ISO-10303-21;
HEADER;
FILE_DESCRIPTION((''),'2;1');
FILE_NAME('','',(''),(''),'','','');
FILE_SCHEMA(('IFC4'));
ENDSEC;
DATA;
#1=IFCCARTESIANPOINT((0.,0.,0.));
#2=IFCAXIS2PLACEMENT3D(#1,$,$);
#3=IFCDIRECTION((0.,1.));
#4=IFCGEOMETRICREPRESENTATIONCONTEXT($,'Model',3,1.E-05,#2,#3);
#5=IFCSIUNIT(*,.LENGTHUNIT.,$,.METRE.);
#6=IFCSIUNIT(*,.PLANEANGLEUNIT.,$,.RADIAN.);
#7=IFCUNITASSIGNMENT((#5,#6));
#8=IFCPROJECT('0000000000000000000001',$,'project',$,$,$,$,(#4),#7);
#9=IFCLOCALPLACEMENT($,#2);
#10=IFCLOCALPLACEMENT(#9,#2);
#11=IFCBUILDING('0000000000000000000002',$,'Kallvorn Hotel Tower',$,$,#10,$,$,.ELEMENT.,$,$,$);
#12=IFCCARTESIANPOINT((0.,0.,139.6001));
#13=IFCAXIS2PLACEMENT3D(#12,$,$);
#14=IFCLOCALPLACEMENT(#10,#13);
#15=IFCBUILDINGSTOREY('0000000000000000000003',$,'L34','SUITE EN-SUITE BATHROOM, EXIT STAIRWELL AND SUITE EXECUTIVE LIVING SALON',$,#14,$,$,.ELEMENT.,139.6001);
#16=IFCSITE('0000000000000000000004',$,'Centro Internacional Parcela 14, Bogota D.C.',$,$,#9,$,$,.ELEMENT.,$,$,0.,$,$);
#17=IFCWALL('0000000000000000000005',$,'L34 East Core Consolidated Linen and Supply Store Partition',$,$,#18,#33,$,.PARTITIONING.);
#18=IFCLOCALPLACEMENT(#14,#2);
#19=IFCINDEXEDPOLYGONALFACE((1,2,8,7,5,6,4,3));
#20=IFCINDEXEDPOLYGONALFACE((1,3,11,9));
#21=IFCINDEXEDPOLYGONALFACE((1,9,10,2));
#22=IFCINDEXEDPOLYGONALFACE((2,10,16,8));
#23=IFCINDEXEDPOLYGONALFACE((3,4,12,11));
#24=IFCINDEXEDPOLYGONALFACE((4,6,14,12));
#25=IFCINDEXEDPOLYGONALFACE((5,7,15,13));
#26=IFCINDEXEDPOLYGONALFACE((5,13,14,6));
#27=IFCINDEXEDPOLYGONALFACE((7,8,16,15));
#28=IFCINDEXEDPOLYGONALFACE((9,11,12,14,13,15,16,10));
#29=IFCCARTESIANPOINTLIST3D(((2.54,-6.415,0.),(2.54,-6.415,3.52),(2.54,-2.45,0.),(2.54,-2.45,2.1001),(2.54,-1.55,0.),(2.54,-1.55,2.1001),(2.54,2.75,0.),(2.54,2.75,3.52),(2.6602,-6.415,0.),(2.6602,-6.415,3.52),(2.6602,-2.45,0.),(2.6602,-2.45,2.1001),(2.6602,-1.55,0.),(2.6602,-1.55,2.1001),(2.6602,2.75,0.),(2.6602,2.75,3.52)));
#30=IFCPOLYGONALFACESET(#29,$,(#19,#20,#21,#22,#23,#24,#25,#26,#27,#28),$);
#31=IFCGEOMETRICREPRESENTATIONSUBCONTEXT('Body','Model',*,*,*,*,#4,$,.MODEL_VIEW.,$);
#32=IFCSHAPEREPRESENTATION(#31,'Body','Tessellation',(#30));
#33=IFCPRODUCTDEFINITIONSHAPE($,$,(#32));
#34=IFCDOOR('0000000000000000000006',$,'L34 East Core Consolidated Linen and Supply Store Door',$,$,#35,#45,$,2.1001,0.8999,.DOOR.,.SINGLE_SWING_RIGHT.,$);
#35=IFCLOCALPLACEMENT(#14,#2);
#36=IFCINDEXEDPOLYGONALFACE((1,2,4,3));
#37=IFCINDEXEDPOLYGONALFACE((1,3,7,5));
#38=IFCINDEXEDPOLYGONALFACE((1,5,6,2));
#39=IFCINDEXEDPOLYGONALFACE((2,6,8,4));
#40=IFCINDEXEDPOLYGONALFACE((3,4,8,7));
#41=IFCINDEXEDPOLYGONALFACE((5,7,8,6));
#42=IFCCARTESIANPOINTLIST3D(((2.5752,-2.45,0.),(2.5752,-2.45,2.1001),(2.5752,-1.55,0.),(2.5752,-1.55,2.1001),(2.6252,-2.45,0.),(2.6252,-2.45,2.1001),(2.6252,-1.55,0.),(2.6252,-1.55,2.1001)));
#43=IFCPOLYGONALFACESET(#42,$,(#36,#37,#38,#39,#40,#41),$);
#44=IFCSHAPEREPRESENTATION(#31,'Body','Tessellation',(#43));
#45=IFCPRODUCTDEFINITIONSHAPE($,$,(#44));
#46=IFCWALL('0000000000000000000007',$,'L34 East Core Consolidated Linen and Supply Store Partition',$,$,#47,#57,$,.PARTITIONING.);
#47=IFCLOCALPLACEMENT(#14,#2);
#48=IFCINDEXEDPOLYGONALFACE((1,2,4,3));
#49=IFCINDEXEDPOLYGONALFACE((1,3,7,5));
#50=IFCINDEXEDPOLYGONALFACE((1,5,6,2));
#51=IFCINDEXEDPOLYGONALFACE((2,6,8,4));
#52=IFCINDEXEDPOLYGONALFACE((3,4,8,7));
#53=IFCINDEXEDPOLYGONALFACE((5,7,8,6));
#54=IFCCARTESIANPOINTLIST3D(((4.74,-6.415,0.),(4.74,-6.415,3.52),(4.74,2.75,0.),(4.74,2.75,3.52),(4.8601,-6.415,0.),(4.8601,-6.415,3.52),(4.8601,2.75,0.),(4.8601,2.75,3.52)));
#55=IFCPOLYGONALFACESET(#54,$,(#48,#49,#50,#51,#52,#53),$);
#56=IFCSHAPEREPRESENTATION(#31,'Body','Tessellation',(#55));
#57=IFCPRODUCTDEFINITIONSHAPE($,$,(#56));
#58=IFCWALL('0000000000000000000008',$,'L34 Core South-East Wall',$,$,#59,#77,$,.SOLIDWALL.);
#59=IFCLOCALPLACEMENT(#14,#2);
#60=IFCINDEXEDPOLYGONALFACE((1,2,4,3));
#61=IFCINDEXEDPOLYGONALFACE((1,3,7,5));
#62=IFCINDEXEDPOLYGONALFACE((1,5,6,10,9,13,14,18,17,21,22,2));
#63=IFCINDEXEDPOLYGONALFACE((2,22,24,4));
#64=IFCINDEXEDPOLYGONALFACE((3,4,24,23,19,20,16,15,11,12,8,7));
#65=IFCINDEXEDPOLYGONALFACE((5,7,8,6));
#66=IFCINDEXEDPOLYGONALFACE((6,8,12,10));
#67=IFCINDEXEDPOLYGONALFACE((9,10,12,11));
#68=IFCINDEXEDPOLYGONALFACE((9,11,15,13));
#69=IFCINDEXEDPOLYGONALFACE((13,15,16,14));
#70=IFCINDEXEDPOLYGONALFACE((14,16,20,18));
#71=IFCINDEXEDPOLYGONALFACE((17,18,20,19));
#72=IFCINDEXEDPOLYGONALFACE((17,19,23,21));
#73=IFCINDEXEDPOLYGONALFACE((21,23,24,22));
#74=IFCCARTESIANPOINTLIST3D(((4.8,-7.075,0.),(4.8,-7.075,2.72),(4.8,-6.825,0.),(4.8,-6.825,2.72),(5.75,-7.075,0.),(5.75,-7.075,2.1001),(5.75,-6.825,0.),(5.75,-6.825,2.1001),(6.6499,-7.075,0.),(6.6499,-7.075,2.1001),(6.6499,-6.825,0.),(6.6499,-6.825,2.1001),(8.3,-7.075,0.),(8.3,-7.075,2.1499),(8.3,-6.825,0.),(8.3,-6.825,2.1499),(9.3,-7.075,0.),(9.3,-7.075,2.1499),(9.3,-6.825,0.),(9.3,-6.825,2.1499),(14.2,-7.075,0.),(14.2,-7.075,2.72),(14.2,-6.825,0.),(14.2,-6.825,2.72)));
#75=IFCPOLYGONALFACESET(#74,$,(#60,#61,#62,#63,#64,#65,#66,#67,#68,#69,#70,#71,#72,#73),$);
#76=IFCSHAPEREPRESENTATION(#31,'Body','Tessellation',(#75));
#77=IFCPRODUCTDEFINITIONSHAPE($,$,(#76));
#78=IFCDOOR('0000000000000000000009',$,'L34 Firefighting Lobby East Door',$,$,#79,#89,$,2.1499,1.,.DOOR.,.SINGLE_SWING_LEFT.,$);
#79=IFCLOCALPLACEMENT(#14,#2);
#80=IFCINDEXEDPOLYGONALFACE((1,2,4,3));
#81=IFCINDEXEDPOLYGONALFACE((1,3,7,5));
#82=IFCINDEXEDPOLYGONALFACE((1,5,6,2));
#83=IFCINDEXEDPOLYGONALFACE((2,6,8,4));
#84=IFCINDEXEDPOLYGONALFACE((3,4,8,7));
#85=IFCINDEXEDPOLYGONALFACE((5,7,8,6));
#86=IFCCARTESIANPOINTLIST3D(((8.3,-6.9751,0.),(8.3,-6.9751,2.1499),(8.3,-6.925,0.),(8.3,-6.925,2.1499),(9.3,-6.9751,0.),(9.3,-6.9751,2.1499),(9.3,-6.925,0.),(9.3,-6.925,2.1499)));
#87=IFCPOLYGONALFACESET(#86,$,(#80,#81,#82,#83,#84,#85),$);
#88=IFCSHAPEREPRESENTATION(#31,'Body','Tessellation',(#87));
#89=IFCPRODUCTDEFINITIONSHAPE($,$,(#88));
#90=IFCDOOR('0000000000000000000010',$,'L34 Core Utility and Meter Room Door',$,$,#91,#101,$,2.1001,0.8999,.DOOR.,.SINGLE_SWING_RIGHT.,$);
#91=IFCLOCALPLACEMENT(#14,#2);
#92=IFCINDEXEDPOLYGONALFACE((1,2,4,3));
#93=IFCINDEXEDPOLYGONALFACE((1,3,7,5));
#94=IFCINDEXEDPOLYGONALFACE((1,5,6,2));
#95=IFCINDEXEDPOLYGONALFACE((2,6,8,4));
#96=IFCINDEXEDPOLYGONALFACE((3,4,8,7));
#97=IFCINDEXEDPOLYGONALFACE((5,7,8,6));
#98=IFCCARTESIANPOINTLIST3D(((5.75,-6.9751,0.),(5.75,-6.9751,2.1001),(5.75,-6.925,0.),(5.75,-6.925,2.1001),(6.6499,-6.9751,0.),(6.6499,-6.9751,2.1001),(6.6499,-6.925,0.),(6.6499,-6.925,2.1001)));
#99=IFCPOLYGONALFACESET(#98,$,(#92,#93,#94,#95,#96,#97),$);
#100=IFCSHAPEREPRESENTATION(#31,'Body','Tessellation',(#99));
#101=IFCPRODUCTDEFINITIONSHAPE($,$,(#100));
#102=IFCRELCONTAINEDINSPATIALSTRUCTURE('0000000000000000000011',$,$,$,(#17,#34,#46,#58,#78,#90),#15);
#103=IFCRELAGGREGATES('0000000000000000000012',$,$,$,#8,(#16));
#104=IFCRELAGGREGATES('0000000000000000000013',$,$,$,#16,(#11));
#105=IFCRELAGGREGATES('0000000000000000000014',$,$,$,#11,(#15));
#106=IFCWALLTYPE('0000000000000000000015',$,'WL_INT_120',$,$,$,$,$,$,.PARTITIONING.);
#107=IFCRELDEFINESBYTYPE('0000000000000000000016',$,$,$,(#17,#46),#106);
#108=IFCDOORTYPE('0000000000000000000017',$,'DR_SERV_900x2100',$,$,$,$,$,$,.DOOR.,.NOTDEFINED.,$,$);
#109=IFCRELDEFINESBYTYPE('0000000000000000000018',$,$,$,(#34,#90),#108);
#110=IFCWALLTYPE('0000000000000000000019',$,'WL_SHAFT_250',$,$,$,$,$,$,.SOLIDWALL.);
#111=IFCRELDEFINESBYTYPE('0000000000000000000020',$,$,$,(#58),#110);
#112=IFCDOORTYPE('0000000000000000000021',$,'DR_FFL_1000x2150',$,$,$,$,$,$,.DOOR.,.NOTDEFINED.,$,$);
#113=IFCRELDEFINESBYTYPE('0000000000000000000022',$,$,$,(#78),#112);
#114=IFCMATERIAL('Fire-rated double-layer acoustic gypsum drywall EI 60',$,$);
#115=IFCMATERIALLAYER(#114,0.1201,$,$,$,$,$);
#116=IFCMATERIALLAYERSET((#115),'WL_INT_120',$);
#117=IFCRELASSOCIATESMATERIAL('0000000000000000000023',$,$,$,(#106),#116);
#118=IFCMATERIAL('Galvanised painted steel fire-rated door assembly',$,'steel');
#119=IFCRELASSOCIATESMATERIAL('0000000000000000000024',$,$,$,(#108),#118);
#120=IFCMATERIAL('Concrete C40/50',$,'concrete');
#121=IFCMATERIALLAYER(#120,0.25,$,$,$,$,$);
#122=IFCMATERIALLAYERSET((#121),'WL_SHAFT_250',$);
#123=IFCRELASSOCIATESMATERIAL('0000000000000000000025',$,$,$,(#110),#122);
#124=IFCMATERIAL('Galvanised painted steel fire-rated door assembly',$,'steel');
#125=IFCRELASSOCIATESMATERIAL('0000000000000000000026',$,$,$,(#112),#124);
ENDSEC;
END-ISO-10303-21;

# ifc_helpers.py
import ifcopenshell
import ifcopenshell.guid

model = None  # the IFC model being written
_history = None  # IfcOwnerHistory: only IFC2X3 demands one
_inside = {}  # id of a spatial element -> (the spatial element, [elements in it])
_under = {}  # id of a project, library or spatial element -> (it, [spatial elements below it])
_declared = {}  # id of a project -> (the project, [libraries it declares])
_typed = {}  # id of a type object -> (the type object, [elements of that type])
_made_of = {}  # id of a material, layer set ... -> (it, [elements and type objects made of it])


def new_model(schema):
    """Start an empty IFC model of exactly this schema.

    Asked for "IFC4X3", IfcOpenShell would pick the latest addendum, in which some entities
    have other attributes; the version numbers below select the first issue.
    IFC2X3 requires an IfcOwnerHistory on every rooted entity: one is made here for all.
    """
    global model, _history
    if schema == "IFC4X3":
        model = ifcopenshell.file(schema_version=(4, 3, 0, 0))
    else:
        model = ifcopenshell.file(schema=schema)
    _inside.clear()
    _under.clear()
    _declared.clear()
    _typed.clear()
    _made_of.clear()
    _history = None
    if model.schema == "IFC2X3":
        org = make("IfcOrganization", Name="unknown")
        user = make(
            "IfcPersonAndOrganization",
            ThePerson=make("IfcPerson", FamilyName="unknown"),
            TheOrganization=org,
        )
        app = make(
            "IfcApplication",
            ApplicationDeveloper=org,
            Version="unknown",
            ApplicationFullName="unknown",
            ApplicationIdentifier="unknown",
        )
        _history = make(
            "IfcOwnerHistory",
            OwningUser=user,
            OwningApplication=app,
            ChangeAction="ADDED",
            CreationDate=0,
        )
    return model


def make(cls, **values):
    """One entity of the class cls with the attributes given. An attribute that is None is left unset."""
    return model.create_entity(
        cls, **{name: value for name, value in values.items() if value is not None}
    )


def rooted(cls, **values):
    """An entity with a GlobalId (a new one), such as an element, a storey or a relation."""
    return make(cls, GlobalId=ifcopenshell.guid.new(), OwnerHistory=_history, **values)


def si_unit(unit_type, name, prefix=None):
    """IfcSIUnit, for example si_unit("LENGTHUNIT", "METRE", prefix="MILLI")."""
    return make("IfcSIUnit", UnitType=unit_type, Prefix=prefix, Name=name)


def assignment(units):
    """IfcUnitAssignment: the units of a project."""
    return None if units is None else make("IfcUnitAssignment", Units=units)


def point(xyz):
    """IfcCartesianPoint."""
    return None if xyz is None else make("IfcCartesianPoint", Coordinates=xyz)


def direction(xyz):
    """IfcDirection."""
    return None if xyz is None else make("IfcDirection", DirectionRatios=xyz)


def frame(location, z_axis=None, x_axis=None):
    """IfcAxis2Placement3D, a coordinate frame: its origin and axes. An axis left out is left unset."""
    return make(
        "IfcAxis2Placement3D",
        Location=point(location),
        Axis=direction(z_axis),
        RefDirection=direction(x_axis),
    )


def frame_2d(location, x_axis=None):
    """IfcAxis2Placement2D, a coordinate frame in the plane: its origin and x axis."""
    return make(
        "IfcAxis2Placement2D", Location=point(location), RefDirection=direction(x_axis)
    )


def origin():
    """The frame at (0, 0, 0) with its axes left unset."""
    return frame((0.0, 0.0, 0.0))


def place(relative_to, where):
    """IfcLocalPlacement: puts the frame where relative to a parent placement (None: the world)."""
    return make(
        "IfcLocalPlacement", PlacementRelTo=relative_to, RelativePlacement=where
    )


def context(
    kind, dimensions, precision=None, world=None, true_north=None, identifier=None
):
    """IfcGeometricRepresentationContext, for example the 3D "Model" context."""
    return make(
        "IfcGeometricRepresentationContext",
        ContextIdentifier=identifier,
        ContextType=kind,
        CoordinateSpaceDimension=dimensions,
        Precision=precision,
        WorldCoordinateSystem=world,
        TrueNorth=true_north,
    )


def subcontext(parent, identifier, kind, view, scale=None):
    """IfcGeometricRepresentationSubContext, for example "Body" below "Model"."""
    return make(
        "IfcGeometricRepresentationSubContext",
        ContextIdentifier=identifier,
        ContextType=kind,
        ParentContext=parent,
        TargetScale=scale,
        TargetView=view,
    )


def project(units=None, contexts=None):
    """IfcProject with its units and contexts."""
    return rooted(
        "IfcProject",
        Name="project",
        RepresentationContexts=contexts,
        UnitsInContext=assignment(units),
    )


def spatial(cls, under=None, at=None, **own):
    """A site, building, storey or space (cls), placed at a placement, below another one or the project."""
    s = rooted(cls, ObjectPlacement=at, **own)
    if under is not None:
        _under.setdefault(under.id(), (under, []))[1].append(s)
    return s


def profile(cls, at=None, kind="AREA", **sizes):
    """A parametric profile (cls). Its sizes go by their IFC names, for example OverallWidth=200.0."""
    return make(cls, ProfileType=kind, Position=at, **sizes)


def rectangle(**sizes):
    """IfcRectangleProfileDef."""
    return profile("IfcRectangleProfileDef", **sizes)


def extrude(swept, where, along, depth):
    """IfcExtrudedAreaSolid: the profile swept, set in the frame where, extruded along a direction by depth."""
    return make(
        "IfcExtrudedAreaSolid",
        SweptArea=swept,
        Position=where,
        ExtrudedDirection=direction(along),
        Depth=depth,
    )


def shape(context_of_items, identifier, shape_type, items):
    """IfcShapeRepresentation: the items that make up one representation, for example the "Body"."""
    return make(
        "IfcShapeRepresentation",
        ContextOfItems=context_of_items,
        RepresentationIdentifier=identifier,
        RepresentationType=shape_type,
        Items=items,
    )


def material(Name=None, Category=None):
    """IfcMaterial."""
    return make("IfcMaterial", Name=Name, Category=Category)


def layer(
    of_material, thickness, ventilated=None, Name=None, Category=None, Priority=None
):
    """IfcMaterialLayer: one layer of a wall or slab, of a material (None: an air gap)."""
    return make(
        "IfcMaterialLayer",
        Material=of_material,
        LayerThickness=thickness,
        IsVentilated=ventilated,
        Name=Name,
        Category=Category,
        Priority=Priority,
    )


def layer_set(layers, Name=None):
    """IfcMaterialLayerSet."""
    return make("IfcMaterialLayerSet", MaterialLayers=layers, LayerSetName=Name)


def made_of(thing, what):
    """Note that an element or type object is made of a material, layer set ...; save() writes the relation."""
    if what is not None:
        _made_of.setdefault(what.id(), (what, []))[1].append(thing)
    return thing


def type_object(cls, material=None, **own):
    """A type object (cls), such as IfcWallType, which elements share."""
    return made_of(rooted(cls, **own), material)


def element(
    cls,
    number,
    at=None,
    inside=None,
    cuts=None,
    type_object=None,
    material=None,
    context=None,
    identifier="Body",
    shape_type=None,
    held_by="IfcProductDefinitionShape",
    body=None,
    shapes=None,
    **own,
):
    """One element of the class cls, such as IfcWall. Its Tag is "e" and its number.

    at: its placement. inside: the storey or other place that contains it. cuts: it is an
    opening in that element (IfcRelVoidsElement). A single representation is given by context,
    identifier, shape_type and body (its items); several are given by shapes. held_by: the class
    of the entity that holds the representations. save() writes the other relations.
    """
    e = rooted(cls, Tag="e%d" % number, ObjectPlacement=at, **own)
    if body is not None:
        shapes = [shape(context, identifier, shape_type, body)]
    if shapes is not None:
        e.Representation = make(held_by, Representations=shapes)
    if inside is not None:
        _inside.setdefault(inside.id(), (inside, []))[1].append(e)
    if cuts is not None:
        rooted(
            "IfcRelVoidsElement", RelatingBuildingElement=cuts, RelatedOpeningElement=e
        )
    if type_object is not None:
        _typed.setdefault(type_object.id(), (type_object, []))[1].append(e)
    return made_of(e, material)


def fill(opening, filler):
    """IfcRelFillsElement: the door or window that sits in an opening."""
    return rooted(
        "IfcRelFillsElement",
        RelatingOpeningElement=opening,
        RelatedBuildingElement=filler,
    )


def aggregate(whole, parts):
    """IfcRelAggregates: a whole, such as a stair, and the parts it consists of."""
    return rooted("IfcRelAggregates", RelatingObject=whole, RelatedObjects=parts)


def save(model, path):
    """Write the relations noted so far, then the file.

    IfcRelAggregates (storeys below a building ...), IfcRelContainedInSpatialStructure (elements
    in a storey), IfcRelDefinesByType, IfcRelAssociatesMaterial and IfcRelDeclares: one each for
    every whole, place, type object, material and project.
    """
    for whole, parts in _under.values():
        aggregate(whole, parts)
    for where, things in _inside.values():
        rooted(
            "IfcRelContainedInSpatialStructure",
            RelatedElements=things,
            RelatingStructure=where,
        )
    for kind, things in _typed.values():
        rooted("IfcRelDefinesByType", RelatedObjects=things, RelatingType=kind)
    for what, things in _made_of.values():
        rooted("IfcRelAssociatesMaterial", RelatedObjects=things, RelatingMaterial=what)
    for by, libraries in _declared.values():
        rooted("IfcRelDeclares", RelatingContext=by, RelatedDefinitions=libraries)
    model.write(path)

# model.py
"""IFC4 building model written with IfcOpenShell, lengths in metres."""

from ifc_helpers import new_model, si_unit, direction, frame, frame_2d, origin, place, context, subcontext, project, spatial, rectangle, extrude, material, layer, layer_set, type_object, element, fill, save


model = new_model("IFC4")

# Units and contexts
model_context = context("Model", 3, precision=1e-05, world=origin(), true_north=direction((0.0, 1.0)))
body_context = subcontext(model_context, "Body", "Model", "MODEL_VIEW")
ifc_project = project(units=[si_unit("LENGTHUNIT", "METRE"), si_unit("PLANEANGLEUNIT", "RADIAN")], contexts=[model_context])

# Site, building, storey
site_placement = place(None, origin())
site = spatial("IfcSite", under=ifc_project, at=site_placement, Name="Centro Internacional Parcela 14, Bogota D.C.", CompositionType="ELEMENT", RefElevation=0.0)
building_placement = place(site_placement, origin())
building = spatial("IfcBuilding", under=site, at=building_placement, Name="Kallvorn Hotel Tower", CompositionType="ELEMENT")
storey_placement = place(building_placement, frame((0.0, 0.0, 139.6001)))
storey = spatial("IfcBuildingStorey", under=building, at=storey_placement, Name="L34", Description="SUITE EN-SUITE BATHROOM, EXIT STAIRWELL AND SUITE EXECUTIVE LIVING SALON", CompositionType="ELEMENT", Elevation=139.6001)

# Shared definitions
ifc_material_1 = material(Name="Fire-rated double-layer acoustic gypsum drywall EI 60")
ifc_layer_1 = layer(ifc_material_1, 0.1201)
ifc_layer_set_1 = layer_set([ifc_layer_1], Name="WL_INT_120")
wall_type_1 = type_object("IfcWallType", Name="WL_INT_120", PredefinedType="PARTITIONING", material=ifc_layer_set_1)

# Wall, opening, door
wall_1_placement = place(storey_placement, frame((2.6001, -6.415, 0.0), z_axis=(0.0, 0.0, 1.0), x_axis=(0.0, 1.0, 0.0)))
wall_1 = element("IfcWall", 1, at=wall_1_placement, inside=storey, type_object=wall_type_1, Name="L34 East Core Consolidated Linen and Supply Store Partition", PredefinedType="PARTITIONING", context=body_context, shape_type="SweptSolid", body=[
    extrude(rectangle(XDim=9.165, YDim=0.1201, at=frame_2d((4.5825, 0.0))), origin(), (0.0, 0.0, 1.0), 3.52),
])
opening_1_placement = place(wall_1_placement, frame((3.9651, 0.0, 0.0)))
opening_1 = element("IfcOpeningElement", 2, at=opening_1_placement, cuts=wall_1, PredefinedType="OPENING", context=body_context, shape_type="SweptSolid", body=[
    extrude(rectangle(XDim=0.8999, YDim=2.1001, at=frame_2d((0.45, 1.05))), frame((0.0, 0.075, 0.0), z_axis=(0.0, -1.0, 0.0), x_axis=(1.0, 0.0, 0.0)), (0.0, 0.0, 1.0), 0.1501),
])
ifc_material_2 = material(Name="Galvanised painted steel fire-rated door assembly", Category="steel")
door_type_1 = type_object("IfcDoorType", Name="DR_SERV_900x2100", OperationType="NOTDEFINED", PredefinedType="DOOR", material=ifc_material_2)
door_1_placement = place(opening_1_placement, origin())
door_1 = element("IfcDoor", 3, at=door_1_placement, inside=storey, type_object=door_type_1, Name="L34 East Core Consolidated Linen and Supply Store Door", OperationType="SINGLE_SWING_RIGHT", OverallHeight=2.1001, OverallWidth=0.8999, PredefinedType="DOOR", context=body_context, shape_type="SweptSolid", body=[
    extrude(rectangle(XDim=0.8999, YDim=2.1001, at=frame_2d((0.45, 1.05))), frame((0.0, 0.0249, 0.0), z_axis=(0.0, -1.0, 0.0), x_axis=(1.0, 0.0, 0.0)), (0.0, 0.0, 1.0), 0.05),
])
fill(opening_1, door_1)

# Wall
wall_2_placement = place(storey_placement, frame((4.8, -6.415, 0.0), z_axis=(0.0, 0.0, 1.0), x_axis=(0.0, 1.0, 0.0)))
element("IfcWall", 4, at=wall_2_placement, inside=storey, type_object=wall_type_1, Name="L34 East Core Consolidated Linen and Supply Store Partition", PredefinedType="PARTITIONING", context=body_context, shape_type="SweptSolid", body=[
    extrude(rectangle(XDim=9.165, YDim=0.1201, at=frame_2d((4.5825, 0.0))), origin(), (0.0, 0.0, 1.0), 3.52),
])

# Wall, openings, doors
ifc_material_3 = material(Name="Concrete C40/50", Category="concrete")
ifc_layer_2 = layer(ifc_material_3, 0.25)
ifc_layer_set_2 = layer_set([ifc_layer_2], Name="WL_SHAFT_250")
wall_type_2 = type_object("IfcWallType", Name="WL_SHAFT_250", PredefinedType="SOLIDWALL", material=ifc_layer_set_2)
wall_3_placement = place(storey_placement, frame((4.8, -6.95, 0.0), z_axis=(0.0, 0.0, 1.0), x_axis=(1.0, 0.0, 0.0)))
wall_3 = element("IfcWall", 5, at=wall_3_placement, inside=storey, type_object=wall_type_2, Name="L34 Core South-East Wall", PredefinedType="SOLIDWALL", context=body_context, shape_type="SweptSolid", body=[
    extrude(rectangle(XDim=9.3999, YDim=0.25, at=frame_2d((4.7, 0.0))), origin(), (0.0, 0.0, 1.0), 2.72),
])
opening_2_placement = place(wall_3_placement, frame((3.5, 0.0, 0.0)))
opening_2 = element("IfcOpeningElement", 6, at=opening_2_placement, cuts=wall_3, PredefinedType="OPENING", context=body_context, shape_type="SweptSolid", body=[
    extrude(rectangle(XDim=1.0, YDim=2.1499, at=frame_2d((0.5, 1.075))), frame((0.0, 0.1399, 0.0), z_axis=(0.0, -1.0, 0.0), x_axis=(1.0, 0.0, 0.0)), (0.0, 0.0, 1.0), 0.28),
])
opening_3_placement = place(wall_3_placement, frame((0.95, 0.0, 0.0)))
opening_3 = element("IfcOpeningElement", 7, at=opening_3_placement, cuts=wall_3, PredefinedType="OPENING", context=body_context, shape_type="SweptSolid", body=[
    extrude(rectangle(XDim=0.8999, YDim=2.1001, at=frame_2d((0.45, 1.05))), frame((0.0, 0.1399, 0.0), z_axis=(0.0, -1.0, 0.0), x_axis=(1.0, 0.0, 0.0)), (0.0, 0.0, 1.0), 0.28),
])
ifc_material_4 = material(Name="Galvanised painted steel fire-rated door assembly", Category="steel")
door_type_2 = type_object("IfcDoorType", Name="DR_FFL_1000x2150", OperationType="NOTDEFINED", PredefinedType="DOOR", material=ifc_material_4)
door_2_placement = place(opening_2_placement, origin())
door_2 = element("IfcDoor", 8, at=door_2_placement, inside=storey, type_object=door_type_2, Name="L34 Firefighting Lobby East Door", OperationType="SINGLE_SWING_LEFT", OverallHeight=2.1499, OverallWidth=1.0, PredefinedType="DOOR", context=body_context, shape_type="SweptSolid", body=[
    extrude(rectangle(XDim=1.0, YDim=2.1499, at=frame_2d((0.5, 1.075))), frame((0.0, 0.0249, 0.0), z_axis=(0.0, -1.0, 0.0), x_axis=(1.0, 0.0, 0.0)), (0.0, 0.0, 1.0), 0.05),
])
fill(opening_2, door_2)
door_3_placement = place(opening_3_placement, origin())
door_3 = element("IfcDoor", 9, at=door_3_placement, inside=storey, type_object=door_type_1, Name="L34 Core Utility and Meter Room Door", OperationType="SINGLE_SWING_RIGHT", OverallHeight=2.1001, OverallWidth=0.8999, PredefinedType="DOOR", context=body_context, shape_type="SweptSolid", body=[
    extrude(rectangle(XDim=0.8999, YDim=2.1001, at=frame_2d((0.45, 1.05))), frame((0.0, 0.0249, 0.0), z_axis=(0.0, -1.0, 0.0), x_axis=(1.0, 0.0, 0.0)), (0.0, 0.0, 1.0), 0.05),
])
fill(opening_3, door_3)

save(model, "model.ifc")
